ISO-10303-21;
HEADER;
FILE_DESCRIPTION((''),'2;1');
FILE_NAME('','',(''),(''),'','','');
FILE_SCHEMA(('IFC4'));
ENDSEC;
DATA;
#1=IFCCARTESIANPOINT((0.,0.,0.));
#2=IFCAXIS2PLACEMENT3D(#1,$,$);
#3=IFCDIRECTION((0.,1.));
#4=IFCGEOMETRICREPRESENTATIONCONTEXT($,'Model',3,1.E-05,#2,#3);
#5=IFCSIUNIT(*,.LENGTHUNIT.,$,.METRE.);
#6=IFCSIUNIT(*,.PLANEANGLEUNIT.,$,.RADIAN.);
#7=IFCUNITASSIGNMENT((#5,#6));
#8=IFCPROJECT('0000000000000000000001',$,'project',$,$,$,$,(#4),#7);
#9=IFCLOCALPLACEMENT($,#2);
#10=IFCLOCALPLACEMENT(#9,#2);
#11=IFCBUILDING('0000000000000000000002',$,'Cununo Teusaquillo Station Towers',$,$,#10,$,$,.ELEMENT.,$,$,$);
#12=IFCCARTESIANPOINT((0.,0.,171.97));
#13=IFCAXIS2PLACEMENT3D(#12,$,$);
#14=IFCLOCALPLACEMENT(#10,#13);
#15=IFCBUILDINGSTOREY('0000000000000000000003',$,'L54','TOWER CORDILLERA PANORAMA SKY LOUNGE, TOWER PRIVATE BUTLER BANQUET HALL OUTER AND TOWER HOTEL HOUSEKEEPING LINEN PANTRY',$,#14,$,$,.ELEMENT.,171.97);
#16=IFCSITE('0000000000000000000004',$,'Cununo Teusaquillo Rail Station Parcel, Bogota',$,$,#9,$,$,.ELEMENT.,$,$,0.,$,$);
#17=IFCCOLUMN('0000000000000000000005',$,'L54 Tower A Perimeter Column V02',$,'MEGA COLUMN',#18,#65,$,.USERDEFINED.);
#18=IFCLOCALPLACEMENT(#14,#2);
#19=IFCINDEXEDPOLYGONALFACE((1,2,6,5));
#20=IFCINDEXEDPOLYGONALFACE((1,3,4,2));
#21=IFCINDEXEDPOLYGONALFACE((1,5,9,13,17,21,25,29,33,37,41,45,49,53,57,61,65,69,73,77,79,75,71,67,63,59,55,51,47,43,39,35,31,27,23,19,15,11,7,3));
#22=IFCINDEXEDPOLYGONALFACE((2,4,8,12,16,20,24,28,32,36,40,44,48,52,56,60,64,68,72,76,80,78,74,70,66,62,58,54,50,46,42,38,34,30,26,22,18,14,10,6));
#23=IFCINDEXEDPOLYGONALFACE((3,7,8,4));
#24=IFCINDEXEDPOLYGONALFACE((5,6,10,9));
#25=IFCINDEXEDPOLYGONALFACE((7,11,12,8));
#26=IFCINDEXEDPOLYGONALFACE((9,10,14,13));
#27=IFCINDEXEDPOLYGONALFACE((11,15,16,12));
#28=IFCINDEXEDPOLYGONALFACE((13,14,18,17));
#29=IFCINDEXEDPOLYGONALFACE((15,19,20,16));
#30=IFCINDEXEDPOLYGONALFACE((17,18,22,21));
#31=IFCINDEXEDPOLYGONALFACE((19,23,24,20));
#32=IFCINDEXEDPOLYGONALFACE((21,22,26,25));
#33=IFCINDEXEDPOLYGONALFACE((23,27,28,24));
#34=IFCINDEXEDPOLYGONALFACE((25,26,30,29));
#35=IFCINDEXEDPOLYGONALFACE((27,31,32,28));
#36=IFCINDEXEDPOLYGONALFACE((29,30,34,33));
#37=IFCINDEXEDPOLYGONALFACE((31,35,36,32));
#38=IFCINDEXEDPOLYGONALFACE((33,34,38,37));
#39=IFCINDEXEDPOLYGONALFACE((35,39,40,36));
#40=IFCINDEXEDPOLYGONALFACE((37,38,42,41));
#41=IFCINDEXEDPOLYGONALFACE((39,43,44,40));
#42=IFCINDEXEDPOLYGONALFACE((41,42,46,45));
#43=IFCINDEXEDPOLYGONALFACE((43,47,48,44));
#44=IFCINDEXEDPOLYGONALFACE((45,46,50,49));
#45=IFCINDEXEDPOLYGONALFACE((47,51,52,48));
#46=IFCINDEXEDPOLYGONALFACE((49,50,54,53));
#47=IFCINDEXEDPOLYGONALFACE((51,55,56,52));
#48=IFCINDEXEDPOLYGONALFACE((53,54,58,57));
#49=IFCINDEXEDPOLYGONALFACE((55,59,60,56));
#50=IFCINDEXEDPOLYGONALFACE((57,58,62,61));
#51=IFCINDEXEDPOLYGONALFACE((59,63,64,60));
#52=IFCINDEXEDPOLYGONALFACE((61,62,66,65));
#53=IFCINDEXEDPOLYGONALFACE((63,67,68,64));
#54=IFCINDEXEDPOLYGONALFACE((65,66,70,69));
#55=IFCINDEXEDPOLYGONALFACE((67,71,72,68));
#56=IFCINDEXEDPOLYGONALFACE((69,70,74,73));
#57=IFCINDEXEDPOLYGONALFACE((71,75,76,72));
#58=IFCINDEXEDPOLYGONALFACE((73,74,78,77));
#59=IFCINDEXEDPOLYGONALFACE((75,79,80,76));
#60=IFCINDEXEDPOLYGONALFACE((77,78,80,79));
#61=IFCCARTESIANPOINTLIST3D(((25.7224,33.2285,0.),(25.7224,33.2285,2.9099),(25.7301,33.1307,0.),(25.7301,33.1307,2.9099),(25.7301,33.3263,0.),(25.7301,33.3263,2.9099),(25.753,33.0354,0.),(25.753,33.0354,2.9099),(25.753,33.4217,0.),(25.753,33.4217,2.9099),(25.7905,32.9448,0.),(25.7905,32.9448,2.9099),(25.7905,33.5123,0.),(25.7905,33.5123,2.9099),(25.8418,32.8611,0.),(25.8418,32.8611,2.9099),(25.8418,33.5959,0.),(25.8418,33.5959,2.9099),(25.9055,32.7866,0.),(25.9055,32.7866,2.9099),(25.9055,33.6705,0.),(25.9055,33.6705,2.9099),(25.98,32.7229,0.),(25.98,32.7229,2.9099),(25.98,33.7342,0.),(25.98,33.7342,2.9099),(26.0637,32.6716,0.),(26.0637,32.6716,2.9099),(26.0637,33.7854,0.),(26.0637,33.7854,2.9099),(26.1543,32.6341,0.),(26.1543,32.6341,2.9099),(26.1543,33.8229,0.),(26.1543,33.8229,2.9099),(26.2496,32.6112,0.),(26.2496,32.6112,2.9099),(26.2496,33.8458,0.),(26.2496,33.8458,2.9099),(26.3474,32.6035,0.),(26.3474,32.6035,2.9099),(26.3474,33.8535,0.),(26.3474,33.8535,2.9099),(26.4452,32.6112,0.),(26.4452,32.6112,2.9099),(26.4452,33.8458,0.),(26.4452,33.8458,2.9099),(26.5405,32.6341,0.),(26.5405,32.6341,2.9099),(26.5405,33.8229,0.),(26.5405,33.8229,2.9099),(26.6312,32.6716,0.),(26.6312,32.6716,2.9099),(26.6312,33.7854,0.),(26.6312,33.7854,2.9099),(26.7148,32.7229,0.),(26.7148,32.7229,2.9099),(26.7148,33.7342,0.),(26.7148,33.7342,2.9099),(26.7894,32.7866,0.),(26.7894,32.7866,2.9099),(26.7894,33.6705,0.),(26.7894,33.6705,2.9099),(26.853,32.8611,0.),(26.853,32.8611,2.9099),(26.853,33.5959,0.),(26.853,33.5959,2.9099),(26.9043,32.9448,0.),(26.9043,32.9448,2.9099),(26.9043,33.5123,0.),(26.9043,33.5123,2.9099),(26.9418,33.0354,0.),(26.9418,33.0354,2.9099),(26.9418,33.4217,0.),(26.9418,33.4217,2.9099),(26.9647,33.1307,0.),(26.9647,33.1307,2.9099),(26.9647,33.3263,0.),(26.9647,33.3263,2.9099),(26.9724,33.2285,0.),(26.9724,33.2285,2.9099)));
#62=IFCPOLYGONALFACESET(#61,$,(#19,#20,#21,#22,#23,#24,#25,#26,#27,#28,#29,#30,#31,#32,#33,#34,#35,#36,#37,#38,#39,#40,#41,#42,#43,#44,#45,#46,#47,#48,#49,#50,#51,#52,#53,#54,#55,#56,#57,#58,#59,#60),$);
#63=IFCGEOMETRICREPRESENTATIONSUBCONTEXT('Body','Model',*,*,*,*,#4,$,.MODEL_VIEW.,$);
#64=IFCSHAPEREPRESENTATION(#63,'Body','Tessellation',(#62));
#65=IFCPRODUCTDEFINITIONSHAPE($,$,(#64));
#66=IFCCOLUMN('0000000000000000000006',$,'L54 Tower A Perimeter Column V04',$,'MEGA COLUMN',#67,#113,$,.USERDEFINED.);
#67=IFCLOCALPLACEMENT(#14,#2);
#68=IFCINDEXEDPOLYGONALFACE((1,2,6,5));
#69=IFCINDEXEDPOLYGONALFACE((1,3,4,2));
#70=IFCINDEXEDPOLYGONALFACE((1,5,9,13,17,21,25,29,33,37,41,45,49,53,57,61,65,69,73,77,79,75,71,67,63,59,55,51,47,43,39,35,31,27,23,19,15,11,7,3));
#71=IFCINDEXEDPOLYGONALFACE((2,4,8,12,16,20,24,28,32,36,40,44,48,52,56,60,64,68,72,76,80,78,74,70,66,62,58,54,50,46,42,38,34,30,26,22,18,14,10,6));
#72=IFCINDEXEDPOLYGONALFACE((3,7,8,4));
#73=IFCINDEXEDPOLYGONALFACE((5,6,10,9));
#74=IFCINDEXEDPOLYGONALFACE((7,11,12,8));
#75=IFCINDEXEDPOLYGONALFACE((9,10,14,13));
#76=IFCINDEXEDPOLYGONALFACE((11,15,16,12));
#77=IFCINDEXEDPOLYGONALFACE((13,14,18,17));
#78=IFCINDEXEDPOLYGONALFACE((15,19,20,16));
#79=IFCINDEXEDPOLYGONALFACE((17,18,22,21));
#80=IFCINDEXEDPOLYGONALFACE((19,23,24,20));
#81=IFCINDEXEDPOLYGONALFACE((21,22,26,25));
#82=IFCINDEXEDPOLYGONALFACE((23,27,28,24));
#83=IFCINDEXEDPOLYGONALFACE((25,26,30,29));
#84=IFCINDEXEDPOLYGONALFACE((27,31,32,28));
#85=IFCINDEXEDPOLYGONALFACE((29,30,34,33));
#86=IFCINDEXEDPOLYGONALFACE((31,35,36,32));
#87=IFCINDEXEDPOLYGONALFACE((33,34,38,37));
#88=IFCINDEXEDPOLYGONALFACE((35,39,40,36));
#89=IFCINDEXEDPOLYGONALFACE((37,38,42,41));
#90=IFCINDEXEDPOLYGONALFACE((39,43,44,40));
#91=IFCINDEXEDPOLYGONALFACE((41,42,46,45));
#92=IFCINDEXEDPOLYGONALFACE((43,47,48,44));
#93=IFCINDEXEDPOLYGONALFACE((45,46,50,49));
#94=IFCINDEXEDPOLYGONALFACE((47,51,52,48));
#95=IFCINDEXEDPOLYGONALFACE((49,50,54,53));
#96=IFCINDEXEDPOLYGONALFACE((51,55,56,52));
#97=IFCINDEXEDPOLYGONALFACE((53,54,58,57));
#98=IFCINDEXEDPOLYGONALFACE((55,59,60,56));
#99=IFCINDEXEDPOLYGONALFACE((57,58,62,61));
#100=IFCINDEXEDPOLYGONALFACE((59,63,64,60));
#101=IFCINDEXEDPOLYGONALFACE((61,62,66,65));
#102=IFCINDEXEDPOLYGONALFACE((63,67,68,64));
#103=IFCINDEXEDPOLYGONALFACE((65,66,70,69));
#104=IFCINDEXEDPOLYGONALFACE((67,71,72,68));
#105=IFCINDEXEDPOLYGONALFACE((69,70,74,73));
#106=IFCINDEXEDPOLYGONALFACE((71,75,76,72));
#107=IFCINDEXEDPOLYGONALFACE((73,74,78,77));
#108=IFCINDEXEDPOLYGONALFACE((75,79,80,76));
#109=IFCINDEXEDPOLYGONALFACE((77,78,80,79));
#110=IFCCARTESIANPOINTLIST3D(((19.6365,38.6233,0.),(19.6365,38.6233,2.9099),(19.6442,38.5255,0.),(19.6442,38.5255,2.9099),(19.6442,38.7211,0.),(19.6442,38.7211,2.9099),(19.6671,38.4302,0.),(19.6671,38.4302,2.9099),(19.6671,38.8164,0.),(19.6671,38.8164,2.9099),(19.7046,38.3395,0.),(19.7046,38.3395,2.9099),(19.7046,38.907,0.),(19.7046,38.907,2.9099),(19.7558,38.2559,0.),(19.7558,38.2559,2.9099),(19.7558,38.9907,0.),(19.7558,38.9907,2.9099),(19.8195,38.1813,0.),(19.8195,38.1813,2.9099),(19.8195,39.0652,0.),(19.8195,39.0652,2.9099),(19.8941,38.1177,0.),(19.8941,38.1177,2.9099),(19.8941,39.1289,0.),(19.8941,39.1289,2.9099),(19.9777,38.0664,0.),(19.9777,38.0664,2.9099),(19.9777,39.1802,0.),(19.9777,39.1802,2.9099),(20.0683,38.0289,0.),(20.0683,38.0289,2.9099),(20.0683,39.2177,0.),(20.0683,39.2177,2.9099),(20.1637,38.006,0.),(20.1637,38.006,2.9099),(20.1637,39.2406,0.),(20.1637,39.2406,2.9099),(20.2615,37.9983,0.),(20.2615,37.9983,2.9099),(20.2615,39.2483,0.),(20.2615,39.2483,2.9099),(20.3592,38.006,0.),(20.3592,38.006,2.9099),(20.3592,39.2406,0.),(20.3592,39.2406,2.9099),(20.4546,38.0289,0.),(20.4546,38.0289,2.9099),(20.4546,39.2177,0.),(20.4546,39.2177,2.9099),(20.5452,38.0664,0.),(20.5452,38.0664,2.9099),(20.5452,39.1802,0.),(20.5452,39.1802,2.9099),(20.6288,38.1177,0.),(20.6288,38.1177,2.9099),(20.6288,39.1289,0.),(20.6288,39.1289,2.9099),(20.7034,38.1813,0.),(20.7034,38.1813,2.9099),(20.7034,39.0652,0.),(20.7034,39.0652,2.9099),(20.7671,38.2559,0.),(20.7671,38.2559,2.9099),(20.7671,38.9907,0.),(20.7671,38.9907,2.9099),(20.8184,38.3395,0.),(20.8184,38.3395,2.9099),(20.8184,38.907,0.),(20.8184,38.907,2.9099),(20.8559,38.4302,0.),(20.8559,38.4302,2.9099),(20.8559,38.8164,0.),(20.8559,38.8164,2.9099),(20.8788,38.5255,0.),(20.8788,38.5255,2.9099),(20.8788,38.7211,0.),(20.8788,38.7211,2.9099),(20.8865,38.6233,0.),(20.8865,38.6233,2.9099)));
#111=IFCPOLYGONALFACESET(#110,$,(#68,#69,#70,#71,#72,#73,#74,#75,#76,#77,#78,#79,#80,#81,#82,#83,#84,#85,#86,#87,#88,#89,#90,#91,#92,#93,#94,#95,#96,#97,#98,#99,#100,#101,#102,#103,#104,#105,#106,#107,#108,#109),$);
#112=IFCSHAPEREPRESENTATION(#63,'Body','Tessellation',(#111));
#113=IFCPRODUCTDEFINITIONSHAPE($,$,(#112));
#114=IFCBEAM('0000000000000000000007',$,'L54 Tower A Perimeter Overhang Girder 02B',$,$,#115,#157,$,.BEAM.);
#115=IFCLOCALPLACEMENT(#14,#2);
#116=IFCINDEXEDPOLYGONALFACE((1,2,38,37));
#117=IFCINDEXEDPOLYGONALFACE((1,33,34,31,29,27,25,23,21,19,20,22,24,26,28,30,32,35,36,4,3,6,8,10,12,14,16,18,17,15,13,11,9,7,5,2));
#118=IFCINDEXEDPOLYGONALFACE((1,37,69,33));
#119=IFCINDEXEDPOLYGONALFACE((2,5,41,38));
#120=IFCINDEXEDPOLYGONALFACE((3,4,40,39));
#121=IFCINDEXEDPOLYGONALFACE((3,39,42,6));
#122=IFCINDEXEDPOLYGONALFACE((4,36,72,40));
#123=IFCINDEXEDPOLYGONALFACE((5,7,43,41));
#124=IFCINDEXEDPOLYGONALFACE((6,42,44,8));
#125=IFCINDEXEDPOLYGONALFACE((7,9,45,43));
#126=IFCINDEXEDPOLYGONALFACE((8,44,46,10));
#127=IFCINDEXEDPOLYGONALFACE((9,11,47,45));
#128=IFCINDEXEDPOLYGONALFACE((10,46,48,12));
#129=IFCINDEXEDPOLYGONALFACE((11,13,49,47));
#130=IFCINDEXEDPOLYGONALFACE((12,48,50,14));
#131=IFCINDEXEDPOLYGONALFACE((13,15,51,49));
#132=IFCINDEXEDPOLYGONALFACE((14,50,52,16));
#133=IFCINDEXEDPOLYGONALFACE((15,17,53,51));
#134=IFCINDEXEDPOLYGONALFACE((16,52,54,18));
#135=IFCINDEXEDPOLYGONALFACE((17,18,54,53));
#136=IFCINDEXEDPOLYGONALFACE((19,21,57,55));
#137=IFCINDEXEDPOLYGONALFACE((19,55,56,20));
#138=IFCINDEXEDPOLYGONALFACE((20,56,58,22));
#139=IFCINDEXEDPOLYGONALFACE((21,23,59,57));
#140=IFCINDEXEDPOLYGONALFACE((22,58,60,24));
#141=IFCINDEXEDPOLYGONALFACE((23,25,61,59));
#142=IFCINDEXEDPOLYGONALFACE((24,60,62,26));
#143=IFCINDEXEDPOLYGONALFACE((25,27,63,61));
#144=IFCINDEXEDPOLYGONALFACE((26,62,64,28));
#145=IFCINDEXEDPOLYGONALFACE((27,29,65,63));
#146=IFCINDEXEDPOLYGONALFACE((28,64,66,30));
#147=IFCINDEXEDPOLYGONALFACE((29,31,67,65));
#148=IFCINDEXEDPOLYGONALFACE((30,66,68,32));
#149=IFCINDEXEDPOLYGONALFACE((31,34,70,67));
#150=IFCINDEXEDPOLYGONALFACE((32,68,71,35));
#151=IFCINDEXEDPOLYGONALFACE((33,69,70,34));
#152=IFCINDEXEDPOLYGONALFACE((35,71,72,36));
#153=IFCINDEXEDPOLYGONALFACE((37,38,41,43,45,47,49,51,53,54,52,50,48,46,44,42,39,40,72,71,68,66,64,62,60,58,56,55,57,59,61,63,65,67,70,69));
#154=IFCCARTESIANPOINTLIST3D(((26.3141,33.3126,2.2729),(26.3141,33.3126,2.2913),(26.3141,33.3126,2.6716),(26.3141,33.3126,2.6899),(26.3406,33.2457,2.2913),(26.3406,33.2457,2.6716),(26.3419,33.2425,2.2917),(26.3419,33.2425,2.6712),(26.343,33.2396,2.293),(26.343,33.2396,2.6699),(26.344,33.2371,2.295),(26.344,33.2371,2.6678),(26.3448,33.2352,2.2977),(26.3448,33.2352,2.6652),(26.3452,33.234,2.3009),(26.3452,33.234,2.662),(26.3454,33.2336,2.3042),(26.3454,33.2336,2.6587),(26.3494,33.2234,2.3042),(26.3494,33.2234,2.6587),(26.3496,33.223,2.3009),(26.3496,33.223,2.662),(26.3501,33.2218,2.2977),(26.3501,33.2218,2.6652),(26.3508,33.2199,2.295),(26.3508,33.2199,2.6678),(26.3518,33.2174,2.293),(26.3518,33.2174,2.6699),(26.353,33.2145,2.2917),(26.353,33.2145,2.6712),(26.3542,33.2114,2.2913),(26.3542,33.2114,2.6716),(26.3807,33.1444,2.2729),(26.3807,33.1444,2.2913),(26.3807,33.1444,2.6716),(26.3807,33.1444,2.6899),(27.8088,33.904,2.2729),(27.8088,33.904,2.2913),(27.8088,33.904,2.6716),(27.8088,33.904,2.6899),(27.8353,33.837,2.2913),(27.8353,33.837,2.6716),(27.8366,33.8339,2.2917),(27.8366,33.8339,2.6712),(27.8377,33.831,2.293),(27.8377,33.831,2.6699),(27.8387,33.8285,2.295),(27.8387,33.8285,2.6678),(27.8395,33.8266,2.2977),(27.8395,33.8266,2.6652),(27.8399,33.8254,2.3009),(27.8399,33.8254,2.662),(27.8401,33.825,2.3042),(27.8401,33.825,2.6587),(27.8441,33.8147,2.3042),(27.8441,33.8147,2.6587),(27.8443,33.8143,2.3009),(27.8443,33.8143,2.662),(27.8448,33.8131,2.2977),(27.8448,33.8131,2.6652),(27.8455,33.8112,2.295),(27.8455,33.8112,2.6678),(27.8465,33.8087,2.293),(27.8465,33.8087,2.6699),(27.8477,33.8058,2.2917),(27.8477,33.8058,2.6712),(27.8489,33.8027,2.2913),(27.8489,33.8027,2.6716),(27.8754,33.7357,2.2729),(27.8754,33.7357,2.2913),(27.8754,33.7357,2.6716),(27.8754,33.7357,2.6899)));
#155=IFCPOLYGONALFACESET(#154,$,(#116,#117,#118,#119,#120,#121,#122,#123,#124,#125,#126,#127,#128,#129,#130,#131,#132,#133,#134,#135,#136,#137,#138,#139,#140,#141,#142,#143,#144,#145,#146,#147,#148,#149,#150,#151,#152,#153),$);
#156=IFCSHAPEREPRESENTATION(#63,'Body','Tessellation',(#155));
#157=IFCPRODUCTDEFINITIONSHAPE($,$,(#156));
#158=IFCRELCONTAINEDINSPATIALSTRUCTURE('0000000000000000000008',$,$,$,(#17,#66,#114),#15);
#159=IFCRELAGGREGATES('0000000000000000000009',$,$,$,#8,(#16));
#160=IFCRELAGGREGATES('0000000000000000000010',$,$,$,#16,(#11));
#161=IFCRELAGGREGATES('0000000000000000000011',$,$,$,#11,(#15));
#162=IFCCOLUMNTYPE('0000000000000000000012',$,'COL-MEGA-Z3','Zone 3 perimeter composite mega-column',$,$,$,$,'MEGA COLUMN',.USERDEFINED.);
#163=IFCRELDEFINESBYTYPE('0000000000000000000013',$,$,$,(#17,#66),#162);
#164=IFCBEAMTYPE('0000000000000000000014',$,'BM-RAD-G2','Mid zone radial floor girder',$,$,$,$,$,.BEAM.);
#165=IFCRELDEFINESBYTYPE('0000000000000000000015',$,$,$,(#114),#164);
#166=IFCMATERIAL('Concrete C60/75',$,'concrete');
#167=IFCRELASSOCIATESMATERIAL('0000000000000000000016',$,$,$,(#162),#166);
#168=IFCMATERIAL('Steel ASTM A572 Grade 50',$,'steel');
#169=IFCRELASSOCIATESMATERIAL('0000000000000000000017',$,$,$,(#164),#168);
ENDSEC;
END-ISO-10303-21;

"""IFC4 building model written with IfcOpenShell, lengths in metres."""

from ifc_helpers import new_model, si_unit, direction, frame, origin, origin_2d, place, context, subcontext, project, spatial, circle, i_section, extrude, material, material_profile, profile_set, type_object, element, save


model = new_model("IFC4")

# Units and contexts
model_context = context("Model", 3, precision=1e-05, world=origin(), true_north=direction((0.0, 1.0)))
body_context = subcontext(model_context, "Body", "Model", "MODEL_VIEW")
ifc_project = project(units=[si_unit("LENGTHUNIT", "METRE"), si_unit("PLANEANGLEUNIT", "RADIAN")], contexts=[model_context])

# Site, building, storey
site_placement = place(None, origin())
site = spatial("IfcSite", under=ifc_project, at=site_placement, Name="Cununo Teusaquillo Rail Station Parcel, Bogota", CompositionType="ELEMENT", RefElevation=0.0)
building_placement = place(site_placement, origin())
building = spatial("IfcBuilding", under=site, at=building_placement, Name="Cununo Teusaquillo Station Towers", CompositionType="ELEMENT")
storey_placement = place(building_placement, frame((0.0, 0.0, 171.97)))
storey = spatial("IfcBuildingStorey", under=building, at=storey_placement, Name="L54", Description="TOWER CORDILLERA PANORAMA SKY LOUNGE, TOWER PRIVATE BUTLER BANQUET HALL OUTER AND TOWER HOTEL HOUSEKEEPING LINEN PANTRY", CompositionType="ELEMENT", Elevation=171.97)

# Columns
ifc_material_1 = material(Name="Concrete C60/75", Category="concrete")
ifc_material_profile_1 = material_profile(ifc_material_1, circle(Radius=0.625, at=origin_2d()), Name="RC-CIRC-1250")
ifc_profile_set_1 = profile_set([ifc_material_profile_1], Name="Concrete C60/75")
column_type = type_object("IfcColumnType", Name="COL-MEGA-Z3", Description="Zone 3 perimeter composite mega-column", ElementType="MEGA COLUMN", PredefinedType="USERDEFINED", material=ifc_profile_set_1)
for number, where, z_axis, x_axis, name in (
    (1, (26.3474, 33.2285, 0.0), (0.0, 0.0, 1.0), (1.0, 0.0, 0.0), "L54 Tower A Perimeter Column V02"),
    (2, (20.2615, 38.6233, 0.0), (0.0, 0.0, 1.0), (1.0, 0.0, 0.0), "L54 Tower A Perimeter Column V04"),
):
    element("IfcColumn", number, at=place(storey_placement, frame(where, z_axis=z_axis, x_axis=x_axis)), inside=storey, type_object=column_type, Name=name, ObjectType="MEGA COLUMN", PredefinedType="USERDEFINED", context=body_context, shape_type="SweptSolid", body=[
        extrude(circle(Radius=0.625, at=origin_2d()), origin(), (0.0, 0.0, 1.0), 2.9099),
    ])

# Beam
ifc_material_2 = material(Name="Steel ASTM A572 Grade 50", Category="steel")
ifc_material_profile_2 = material_profile(ifc_material_2, i_section(OverallWidth=0.1809, OverallDepth=0.417, WebThickness=0.011, FlangeThickness=0.0183, FilletRadius=0.0129, at=origin_2d()), Name="W16X57")
ifc_profile_set_2 = profile_set([ifc_material_profile_2], Name="Steel ASTM A572 Grade 50")
beam_type_1 = type_object("IfcBeamType", Name="BM-RAD-G2", Description="Mid zone radial floor girder", PredefinedType="BEAM", material=ifc_profile_set_2)
beam_1_placement = place(storey_placement, frame((26.3474, 33.2285, 2.4814), z_axis=(0.929874, 0.367879, 0.0), x_axis=(-0.367879, 0.929874, 0.0)))
element("IfcBeam", 3, at=beam_1_placement, inside=storey, type_object=beam_type_1, Name="L54 Tower A Perimeter Overhang Girder 02B", PredefinedType="BEAM", context=body_context, shape_type="SweptSolid", body=[
    extrude(i_section(OverallWidth=0.1809, OverallDepth=0.417, WebThickness=0.011, FlangeThickness=0.0183, FilletRadius=0.0129, at=origin_2d()), origin(), (0.0, 0.0, 1.0), 1.6074),
])

save(model, "model.ifc")
